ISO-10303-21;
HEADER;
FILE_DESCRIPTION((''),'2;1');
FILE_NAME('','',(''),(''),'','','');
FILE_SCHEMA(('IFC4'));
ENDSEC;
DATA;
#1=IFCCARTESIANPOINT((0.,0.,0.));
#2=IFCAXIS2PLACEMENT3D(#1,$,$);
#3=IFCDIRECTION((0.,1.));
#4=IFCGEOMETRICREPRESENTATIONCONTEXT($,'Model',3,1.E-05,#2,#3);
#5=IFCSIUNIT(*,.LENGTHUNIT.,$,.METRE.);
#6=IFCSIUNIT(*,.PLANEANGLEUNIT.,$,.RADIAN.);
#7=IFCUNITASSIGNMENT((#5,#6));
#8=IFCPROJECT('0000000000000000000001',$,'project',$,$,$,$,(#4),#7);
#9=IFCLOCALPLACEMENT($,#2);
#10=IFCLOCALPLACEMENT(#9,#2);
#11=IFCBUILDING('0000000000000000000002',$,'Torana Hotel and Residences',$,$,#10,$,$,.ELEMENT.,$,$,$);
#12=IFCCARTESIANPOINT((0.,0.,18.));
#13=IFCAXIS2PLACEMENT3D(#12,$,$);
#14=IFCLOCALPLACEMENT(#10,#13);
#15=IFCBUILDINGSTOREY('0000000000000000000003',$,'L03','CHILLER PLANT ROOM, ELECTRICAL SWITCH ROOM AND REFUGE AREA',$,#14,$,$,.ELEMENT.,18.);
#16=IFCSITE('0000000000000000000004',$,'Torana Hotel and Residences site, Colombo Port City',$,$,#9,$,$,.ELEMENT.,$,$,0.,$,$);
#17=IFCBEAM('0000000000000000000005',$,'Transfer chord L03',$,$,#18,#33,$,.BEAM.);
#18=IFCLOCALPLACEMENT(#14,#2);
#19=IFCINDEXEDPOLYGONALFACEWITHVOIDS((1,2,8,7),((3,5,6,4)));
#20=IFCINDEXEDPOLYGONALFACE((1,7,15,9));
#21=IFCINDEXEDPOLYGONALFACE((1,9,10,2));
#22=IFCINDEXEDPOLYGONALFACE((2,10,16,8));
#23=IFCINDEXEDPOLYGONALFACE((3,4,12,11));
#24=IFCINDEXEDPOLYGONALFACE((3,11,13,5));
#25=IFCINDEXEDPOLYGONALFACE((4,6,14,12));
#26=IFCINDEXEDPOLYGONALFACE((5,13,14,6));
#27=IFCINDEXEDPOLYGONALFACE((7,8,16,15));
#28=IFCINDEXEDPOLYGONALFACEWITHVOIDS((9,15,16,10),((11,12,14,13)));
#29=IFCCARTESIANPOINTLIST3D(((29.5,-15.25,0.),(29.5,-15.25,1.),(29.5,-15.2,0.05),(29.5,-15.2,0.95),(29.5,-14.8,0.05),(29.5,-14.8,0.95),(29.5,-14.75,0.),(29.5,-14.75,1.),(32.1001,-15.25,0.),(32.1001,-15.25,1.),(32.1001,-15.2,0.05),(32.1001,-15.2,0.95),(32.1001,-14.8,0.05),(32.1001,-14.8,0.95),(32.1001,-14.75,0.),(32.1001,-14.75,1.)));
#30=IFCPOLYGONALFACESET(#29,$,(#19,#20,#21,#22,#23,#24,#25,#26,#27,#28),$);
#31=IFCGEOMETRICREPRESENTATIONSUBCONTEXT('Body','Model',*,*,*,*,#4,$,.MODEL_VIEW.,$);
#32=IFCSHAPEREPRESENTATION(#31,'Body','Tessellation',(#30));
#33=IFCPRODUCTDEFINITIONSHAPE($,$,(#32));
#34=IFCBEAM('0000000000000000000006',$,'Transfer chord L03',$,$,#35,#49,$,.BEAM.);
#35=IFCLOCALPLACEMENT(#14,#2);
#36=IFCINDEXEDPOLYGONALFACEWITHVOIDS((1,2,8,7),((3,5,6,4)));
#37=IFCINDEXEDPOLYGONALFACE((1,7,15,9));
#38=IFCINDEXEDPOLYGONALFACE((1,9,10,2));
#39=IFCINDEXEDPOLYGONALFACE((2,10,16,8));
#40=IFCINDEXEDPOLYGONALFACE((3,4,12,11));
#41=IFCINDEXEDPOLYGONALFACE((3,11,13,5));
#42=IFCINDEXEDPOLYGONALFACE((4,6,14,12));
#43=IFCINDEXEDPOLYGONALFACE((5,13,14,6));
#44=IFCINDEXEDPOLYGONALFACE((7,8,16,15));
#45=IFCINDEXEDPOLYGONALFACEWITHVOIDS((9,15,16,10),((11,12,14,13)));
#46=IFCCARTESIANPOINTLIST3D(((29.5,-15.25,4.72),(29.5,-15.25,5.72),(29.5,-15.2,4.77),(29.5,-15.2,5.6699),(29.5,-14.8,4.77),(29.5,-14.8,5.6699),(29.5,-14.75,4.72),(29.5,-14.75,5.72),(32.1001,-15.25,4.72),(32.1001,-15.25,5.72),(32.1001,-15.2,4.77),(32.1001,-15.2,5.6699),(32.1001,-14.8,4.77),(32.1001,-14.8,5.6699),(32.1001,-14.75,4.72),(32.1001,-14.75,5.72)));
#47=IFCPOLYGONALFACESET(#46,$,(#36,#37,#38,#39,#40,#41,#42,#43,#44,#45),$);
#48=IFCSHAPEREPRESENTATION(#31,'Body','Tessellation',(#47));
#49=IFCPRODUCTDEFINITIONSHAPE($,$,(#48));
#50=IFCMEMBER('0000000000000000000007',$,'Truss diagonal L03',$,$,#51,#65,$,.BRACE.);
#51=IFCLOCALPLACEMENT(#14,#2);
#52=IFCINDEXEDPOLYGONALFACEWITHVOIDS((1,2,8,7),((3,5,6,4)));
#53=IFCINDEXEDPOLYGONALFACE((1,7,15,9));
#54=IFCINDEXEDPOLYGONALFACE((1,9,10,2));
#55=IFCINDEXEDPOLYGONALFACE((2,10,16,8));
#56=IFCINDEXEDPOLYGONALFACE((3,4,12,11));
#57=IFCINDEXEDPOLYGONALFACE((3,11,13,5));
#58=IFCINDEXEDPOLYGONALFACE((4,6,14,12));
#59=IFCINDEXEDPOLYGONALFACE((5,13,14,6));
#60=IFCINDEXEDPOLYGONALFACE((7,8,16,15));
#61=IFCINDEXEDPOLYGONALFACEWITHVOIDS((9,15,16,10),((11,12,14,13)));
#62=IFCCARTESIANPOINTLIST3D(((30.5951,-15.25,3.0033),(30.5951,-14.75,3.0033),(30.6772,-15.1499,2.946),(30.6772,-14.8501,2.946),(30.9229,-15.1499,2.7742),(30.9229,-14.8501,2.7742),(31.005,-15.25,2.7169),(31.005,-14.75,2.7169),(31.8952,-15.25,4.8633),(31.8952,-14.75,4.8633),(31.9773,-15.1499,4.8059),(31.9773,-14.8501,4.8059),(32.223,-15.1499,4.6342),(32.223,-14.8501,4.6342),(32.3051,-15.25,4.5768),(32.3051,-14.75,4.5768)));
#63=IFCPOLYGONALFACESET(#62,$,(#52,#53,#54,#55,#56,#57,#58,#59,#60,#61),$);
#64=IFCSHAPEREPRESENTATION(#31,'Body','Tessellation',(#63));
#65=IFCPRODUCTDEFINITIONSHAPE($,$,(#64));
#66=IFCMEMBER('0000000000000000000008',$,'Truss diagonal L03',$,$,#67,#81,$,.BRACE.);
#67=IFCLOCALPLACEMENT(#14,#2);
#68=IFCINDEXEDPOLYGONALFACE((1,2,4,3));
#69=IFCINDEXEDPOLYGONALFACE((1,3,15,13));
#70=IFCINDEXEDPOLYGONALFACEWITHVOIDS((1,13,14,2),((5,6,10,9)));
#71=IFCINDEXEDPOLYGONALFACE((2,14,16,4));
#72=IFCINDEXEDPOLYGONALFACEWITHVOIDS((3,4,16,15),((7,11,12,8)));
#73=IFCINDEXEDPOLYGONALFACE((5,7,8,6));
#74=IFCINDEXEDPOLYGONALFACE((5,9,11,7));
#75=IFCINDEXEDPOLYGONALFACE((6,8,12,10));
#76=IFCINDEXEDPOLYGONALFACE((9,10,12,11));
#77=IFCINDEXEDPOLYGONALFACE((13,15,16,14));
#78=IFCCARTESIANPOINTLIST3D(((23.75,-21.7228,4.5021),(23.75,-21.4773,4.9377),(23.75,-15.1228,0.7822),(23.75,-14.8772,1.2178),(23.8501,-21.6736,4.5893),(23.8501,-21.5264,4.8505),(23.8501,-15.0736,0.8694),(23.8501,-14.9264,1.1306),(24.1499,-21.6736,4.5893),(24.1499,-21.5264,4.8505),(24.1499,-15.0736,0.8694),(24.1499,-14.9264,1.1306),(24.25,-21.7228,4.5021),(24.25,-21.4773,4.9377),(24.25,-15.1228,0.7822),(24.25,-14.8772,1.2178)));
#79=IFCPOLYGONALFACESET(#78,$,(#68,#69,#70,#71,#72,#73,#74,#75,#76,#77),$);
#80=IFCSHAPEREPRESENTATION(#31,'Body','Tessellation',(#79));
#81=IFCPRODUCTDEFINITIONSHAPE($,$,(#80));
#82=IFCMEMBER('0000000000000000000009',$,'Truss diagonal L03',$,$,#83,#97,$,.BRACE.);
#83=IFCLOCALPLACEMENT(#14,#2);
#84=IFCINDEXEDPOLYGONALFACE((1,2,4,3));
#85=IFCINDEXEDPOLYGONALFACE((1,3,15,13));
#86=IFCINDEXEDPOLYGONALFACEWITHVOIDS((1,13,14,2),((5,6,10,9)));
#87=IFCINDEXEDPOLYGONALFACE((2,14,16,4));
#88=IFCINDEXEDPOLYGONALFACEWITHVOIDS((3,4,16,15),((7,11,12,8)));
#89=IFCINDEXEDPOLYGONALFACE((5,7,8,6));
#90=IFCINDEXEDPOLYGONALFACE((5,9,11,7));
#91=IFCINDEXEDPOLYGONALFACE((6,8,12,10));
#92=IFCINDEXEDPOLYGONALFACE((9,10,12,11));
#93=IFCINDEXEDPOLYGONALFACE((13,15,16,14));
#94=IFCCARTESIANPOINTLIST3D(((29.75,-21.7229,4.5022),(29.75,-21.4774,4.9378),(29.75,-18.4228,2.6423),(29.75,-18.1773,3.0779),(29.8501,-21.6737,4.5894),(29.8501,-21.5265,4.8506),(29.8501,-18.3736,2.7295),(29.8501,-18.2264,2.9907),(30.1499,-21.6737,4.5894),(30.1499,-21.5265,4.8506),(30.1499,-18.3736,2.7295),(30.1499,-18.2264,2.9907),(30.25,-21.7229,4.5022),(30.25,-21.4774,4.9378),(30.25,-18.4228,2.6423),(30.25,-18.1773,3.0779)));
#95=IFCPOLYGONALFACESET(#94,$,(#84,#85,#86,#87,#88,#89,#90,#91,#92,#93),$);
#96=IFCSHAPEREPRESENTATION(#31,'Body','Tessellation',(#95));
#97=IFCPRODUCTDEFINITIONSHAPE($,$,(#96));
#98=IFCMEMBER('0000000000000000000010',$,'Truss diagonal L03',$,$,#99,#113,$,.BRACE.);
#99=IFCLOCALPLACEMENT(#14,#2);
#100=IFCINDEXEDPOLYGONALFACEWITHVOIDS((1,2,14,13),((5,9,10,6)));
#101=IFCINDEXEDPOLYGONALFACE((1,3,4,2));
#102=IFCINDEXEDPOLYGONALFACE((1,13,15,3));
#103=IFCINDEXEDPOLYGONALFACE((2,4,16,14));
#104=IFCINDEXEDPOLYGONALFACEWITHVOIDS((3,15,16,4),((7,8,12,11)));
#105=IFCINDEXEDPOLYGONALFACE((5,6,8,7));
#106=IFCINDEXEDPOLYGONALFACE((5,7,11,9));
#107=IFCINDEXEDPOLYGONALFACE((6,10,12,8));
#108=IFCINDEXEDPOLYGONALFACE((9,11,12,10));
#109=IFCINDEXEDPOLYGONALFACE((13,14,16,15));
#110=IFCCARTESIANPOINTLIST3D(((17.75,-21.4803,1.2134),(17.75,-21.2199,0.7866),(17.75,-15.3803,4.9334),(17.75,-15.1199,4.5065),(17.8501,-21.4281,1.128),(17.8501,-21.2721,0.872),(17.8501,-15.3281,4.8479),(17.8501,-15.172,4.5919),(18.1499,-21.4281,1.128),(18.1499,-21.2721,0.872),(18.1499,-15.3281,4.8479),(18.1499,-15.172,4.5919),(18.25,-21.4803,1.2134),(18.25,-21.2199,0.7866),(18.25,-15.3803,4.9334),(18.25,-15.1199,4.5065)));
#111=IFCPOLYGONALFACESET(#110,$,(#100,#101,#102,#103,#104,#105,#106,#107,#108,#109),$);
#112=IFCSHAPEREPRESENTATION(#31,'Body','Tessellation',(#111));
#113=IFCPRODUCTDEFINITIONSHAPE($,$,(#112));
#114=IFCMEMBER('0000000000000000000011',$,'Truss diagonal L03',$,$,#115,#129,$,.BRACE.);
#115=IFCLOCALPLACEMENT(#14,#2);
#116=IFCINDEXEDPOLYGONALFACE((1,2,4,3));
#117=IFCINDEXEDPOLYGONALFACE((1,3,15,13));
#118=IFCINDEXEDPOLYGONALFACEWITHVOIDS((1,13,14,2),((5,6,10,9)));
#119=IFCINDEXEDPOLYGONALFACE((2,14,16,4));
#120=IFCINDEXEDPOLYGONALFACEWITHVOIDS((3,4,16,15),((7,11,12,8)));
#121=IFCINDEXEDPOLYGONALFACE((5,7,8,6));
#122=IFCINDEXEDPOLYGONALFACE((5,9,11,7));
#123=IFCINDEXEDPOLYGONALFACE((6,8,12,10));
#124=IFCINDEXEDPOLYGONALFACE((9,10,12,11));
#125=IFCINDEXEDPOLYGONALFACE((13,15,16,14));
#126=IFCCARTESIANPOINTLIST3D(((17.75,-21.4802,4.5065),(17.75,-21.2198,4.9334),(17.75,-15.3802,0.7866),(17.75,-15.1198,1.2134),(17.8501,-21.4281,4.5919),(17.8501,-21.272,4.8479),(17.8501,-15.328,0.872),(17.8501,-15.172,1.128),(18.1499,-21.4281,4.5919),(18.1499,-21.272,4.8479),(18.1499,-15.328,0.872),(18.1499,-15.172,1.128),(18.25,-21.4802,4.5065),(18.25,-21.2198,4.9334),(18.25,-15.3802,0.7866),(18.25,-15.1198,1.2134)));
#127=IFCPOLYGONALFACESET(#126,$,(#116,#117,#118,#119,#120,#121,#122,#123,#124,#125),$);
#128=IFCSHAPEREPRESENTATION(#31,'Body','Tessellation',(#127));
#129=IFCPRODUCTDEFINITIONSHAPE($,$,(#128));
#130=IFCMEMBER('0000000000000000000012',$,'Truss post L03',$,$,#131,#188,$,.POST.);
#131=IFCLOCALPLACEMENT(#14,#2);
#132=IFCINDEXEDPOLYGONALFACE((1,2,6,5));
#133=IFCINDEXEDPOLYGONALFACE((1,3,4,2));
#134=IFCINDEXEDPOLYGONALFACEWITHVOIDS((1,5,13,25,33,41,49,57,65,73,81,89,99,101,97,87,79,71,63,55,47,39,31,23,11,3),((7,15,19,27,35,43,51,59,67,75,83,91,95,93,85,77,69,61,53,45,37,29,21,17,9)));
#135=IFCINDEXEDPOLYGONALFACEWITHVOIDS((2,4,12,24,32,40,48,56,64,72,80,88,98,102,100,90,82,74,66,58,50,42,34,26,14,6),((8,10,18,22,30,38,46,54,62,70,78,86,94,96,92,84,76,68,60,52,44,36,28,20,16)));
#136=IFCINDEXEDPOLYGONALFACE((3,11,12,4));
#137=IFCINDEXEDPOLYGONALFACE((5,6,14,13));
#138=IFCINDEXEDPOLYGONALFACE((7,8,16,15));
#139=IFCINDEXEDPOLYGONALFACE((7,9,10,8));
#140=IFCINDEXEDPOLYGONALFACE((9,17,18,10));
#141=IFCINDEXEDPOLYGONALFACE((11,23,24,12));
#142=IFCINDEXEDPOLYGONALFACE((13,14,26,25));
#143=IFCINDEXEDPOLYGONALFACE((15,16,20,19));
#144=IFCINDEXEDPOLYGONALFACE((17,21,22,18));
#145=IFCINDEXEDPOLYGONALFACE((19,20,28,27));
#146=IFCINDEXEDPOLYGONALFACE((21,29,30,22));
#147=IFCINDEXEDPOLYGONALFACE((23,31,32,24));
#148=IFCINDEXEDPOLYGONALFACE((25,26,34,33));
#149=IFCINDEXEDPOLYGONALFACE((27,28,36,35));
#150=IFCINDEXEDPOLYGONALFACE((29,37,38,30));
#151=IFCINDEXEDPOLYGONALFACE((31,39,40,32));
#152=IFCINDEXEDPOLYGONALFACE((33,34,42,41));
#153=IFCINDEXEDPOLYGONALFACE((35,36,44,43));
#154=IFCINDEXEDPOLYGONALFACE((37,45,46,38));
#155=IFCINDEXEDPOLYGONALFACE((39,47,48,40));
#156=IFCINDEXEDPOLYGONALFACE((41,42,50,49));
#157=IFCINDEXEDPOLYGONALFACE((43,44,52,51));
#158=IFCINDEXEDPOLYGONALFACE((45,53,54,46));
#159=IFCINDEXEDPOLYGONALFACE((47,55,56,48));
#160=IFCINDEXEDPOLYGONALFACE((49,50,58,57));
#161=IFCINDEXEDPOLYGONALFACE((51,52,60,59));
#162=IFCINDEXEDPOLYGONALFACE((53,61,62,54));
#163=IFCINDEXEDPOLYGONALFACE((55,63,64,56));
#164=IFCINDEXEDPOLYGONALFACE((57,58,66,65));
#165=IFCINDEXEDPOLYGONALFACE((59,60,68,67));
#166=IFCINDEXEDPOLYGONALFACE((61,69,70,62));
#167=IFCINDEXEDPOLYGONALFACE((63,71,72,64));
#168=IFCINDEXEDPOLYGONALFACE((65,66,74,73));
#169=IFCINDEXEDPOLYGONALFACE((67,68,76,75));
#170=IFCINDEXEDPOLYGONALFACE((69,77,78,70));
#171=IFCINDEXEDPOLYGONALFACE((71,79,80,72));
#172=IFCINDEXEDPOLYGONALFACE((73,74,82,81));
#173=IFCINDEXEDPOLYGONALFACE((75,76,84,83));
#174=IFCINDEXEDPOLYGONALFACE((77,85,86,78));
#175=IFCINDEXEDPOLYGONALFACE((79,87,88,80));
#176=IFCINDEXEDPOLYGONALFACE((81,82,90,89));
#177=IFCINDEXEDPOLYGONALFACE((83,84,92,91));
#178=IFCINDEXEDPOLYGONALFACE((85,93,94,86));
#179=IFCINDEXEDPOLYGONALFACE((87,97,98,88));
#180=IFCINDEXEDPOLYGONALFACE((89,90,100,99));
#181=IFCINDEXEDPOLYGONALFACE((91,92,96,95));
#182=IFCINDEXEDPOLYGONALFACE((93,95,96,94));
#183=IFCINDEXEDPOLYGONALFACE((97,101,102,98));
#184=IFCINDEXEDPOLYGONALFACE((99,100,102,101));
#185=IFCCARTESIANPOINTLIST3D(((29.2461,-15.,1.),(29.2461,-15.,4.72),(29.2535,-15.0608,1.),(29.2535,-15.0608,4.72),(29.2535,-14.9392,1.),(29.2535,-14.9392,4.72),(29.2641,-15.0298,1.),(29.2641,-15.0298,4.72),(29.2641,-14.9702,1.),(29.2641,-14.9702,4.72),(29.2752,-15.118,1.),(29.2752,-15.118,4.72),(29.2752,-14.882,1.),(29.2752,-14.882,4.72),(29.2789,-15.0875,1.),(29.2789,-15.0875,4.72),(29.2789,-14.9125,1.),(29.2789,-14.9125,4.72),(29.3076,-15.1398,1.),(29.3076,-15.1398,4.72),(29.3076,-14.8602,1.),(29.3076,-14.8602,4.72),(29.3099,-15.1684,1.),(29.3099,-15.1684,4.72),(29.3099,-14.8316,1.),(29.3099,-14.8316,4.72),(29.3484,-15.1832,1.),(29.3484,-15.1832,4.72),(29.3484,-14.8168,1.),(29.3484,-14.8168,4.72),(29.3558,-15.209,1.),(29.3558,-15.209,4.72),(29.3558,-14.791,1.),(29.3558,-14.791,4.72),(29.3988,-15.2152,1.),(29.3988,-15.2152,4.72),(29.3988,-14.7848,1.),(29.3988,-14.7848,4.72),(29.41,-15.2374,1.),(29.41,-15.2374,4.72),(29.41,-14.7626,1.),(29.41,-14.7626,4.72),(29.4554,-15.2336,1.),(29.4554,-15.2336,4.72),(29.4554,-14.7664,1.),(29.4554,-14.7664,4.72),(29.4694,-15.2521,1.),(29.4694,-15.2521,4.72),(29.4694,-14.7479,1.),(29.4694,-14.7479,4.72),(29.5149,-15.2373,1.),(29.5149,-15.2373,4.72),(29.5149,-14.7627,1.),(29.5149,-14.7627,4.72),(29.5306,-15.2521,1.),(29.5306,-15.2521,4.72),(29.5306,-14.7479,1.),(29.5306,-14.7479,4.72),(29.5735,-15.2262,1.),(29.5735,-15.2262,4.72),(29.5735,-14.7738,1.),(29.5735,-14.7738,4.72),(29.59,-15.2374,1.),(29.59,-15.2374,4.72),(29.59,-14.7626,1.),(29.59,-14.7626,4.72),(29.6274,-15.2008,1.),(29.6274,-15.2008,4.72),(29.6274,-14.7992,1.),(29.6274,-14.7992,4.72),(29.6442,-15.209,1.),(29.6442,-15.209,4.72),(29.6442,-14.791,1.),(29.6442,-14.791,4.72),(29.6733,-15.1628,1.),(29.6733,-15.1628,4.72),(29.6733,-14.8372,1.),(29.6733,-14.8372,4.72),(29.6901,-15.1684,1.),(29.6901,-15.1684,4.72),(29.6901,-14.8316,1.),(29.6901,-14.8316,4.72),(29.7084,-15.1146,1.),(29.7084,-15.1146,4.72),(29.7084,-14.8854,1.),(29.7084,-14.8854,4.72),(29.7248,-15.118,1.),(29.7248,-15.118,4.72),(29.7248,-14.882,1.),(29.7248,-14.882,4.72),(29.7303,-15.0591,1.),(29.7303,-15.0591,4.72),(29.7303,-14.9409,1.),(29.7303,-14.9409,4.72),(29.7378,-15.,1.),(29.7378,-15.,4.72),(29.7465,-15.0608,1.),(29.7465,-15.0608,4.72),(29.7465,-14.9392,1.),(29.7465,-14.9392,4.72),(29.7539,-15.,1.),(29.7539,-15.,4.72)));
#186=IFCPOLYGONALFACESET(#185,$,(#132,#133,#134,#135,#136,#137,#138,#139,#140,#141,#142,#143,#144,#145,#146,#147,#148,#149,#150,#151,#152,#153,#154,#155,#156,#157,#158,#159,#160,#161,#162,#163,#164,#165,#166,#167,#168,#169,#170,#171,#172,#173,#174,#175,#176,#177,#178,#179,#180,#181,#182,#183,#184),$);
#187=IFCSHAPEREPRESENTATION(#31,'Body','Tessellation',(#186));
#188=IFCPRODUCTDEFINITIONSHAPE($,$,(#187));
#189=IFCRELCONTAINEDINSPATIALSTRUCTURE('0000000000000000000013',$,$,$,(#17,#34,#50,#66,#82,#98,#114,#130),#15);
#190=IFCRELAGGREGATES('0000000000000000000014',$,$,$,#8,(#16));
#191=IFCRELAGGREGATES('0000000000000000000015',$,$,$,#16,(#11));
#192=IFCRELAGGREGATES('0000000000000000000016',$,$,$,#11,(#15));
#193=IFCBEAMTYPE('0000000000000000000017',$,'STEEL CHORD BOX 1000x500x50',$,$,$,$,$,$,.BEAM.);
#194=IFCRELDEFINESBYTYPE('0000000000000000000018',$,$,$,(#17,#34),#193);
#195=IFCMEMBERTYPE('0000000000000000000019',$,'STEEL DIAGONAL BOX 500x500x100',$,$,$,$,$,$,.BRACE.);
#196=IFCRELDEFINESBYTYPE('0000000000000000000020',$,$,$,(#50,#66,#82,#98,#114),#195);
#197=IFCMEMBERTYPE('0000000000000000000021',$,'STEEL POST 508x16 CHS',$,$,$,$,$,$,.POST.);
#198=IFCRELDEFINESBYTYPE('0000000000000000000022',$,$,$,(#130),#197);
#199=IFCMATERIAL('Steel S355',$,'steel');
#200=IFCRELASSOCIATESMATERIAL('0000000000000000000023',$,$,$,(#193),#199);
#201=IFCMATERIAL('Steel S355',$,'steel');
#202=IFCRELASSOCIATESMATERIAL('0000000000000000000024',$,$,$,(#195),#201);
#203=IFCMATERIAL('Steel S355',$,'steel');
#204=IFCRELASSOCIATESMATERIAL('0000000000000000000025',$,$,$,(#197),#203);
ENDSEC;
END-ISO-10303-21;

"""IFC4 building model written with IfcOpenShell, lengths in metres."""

from ifc_helpers import new_model, si_unit, direction, frame, origin, origin_2d, place, context, subcontext, project, spatial, hollow_rectangle, hollow_circle, extrude, material, material_profile, profile_set, type_object, element, save


model = new_model("IFC4")

# Units and contexts
model_context = context("Model", 3, precision=1e-05, world=origin(), true_north=direction((0.0, 1.0)))
body_context = subcontext(model_context, "Body", "Model", "MODEL_VIEW")
ifc_project = project(units=[si_unit("LENGTHUNIT", "METRE"), si_unit("PLANEANGLEUNIT", "RADIAN")], contexts=[model_context])

# Site, building, storey
site_placement = place(None, origin())
site = spatial("IfcSite", under=ifc_project, at=site_placement, Name="Torana Hotel and Residences site, Colombo Port City", CompositionType="ELEMENT", RefElevation=0.0)
building_placement = place(site_placement, origin())
building = spatial("IfcBuilding", under=site, at=building_placement, Name="Torana Hotel and Residences", CompositionType="ELEMENT")
storey_placement = place(building_placement, frame((0.0, 0.0, 18.0)))
storey = spatial("IfcBuildingStorey", under=building, at=storey_placement, Name="L03", Description="CHILLER PLANT ROOM, ELECTRICAL SWITCH ROOM AND REFUGE AREA", CompositionType="ELEMENT", Elevation=18.0)

# Beams
ifc_material_1 = material(Name="Steel S355", Category="steel")
ifc_material_profile_1 = material_profile(ifc_material_1, hollow_rectangle(XDim=0.5, YDim=1.0, WallThickness=0.05, at=origin_2d()), Name="BOX 1000x500x50")
ifc_profile_set_1 = profile_set([ifc_material_profile_1], Name="Steel S355")
beam_type = type_object("IfcBeamType", Name="STEEL CHORD BOX 1000x500x50", PredefinedType="BEAM", material=ifc_profile_set_1)
for number, where, z_axis, x_axis, name in (
    (1, (29.5, -15.0, 0.5), (1.0, 0.0, 0.0), (0.0, 1.0, 0.0), "Transfer chord L03"),
    (2, (29.5, -15.0, 5.22), (1.0, 0.0, 0.0), (0.0, 1.0, 0.0), "Transfer chord L03"),
):
    element("IfcBeam", number, at=place(storey_placement, frame(where, z_axis=z_axis, x_axis=x_axis)), inside=storey, type_object=beam_type, Name=name, PredefinedType="BEAM", context=body_context, shape_type="SweptSolid", body=[
        extrude(hollow_rectangle(XDim=0.5, YDim=1.0, WallThickness=0.05, at=origin_2d()), origin(), (0.0, 0.0, 1.0), 2.6001),
    ])

# Members
ifc_material_2 = material(Name="Steel S355", Category="steel")
ifc_material_profile_2 = material_profile(ifc_material_2, hollow_rectangle(XDim=0.5, YDim=0.5, WallThickness=0.1001, at=origin_2d()), Name="BOX 500x500x100")
ifc_profile_set_2 = profile_set([ifc_material_profile_2], Name="Steel S355")
member_type_1 = type_object("IfcMemberType", Name="STEEL DIAGONAL BOX 500x500x100", PredefinedType="BRACE", material=ifc_profile_set_2)
member_1_placement = place(storey_placement, frame((30.8, -15.0, 2.8601), z_axis=(0.572913, 0.0, 0.819616), x_axis=(0.0, 1.0, 0.0)))
element("IfcMember", 3, at=member_1_placement, inside=storey, type_object=member_type_1, Name="Truss diagonal L03", PredefinedType="BRACE", context=body_context, shape_type="SweptSolid", body=[
    extrude(hollow_rectangle(XDim=0.5, YDim=0.5, WallThickness=0.1001, at=origin_2d()), origin(), (0.0, 0.0, 1.0), 2.2693),
])
member_2_placement = place(storey_placement, frame((24.0, -15.0, 1.0), z_axis=(0.0, -0.871157, 0.491005), x_axis=(1.0, 0.0, 0.0)))
element("IfcMember", 4, at=member_2_placement, inside=storey, type_object=member_type_1, Name="Truss diagonal L03", PredefinedType="BRACE", context=body_context, shape_type="SweptSolid", body=[
    extrude(hollow_rectangle(XDim=0.5, YDim=0.5, WallThickness=0.1001, at=origin_2d()), origin(), (0.0, 0.0, 1.0), 7.5762),
])
member_3_placement = place(storey_placement, frame((30.0, -18.3, 2.8601), z_axis=(0.0, -0.871171, 0.49098), x_axis=(1.0, 0.0, 0.0)))
element("IfcMember", 5, at=member_3_placement, inside=storey, type_object=member_type_1, Name="Truss diagonal L03", PredefinedType="BRACE", context=body_context, shape_type="SweptSolid", body=[
    extrude(hollow_rectangle(XDim=0.5, YDim=0.5, WallThickness=0.1001, at=origin_2d()), origin(), (0.0, 0.0, 1.0), 3.7881),
])
for number, where, z_axis, x_axis, name in (
    (6, (18.0, -21.3501, 1.0), (0.0, 0.853771, 0.520648), (-1.0, 0.0, 0.0), "Truss diagonal L03"),
    (7, (18.0, -15.25, 1.0), (0.0, -0.853771, 0.520648), (1.0, 0.0, 0.0), "Truss diagonal L03"),
):
    element("IfcMember", number, at=place(storey_placement, frame(where, z_axis=z_axis, x_axis=x_axis)), inside=storey, type_object=member_type_1, Name=name, PredefinedType="BRACE", context=body_context, shape_type="SweptSolid", body=[
        extrude(hollow_rectangle(XDim=0.5, YDim=0.5, WallThickness=0.1001, at=origin_2d()), origin(), (0.0, 0.0, 1.0), 7.1448),
    ])
ifc_material_3 = material(Name="Steel S355", Category="steel")
ifc_material_profile_3 = material_profile(ifc_material_3, hollow_circle(Radius=0.2539, WallThickness=0.0161, at=origin_2d()), Name="508x16 CHS")
ifc_profile_set_3 = profile_set([ifc_material_profile_3], Name="Steel S355")
member_type_2 = type_object("IfcMemberType", Name="STEEL POST 508x16 CHS", PredefinedType="POST", material=ifc_profile_set_3)
for number, where, z_axis, x_axis, name in (
    (8, (29.5, -15.0, 1.0), (0.0, 0.0, 1.0), (1.0, 0.0, 0.0), "Truss post L03"),
):
    element("IfcMember", number, at=place(storey_placement, frame(where, z_axis=z_axis, x_axis=x_axis)), inside=storey, type_object=member_type_2, Name=name, PredefinedType="POST", context=body_context, shape_type="SweptSolid", body=[
        extrude(hollow_circle(Radius=0.2539, WallThickness=0.0161, at=origin_2d()), origin(), (0.0, 0.0, 1.0), 3.72),
    ])

save(model, "model.ifc")
